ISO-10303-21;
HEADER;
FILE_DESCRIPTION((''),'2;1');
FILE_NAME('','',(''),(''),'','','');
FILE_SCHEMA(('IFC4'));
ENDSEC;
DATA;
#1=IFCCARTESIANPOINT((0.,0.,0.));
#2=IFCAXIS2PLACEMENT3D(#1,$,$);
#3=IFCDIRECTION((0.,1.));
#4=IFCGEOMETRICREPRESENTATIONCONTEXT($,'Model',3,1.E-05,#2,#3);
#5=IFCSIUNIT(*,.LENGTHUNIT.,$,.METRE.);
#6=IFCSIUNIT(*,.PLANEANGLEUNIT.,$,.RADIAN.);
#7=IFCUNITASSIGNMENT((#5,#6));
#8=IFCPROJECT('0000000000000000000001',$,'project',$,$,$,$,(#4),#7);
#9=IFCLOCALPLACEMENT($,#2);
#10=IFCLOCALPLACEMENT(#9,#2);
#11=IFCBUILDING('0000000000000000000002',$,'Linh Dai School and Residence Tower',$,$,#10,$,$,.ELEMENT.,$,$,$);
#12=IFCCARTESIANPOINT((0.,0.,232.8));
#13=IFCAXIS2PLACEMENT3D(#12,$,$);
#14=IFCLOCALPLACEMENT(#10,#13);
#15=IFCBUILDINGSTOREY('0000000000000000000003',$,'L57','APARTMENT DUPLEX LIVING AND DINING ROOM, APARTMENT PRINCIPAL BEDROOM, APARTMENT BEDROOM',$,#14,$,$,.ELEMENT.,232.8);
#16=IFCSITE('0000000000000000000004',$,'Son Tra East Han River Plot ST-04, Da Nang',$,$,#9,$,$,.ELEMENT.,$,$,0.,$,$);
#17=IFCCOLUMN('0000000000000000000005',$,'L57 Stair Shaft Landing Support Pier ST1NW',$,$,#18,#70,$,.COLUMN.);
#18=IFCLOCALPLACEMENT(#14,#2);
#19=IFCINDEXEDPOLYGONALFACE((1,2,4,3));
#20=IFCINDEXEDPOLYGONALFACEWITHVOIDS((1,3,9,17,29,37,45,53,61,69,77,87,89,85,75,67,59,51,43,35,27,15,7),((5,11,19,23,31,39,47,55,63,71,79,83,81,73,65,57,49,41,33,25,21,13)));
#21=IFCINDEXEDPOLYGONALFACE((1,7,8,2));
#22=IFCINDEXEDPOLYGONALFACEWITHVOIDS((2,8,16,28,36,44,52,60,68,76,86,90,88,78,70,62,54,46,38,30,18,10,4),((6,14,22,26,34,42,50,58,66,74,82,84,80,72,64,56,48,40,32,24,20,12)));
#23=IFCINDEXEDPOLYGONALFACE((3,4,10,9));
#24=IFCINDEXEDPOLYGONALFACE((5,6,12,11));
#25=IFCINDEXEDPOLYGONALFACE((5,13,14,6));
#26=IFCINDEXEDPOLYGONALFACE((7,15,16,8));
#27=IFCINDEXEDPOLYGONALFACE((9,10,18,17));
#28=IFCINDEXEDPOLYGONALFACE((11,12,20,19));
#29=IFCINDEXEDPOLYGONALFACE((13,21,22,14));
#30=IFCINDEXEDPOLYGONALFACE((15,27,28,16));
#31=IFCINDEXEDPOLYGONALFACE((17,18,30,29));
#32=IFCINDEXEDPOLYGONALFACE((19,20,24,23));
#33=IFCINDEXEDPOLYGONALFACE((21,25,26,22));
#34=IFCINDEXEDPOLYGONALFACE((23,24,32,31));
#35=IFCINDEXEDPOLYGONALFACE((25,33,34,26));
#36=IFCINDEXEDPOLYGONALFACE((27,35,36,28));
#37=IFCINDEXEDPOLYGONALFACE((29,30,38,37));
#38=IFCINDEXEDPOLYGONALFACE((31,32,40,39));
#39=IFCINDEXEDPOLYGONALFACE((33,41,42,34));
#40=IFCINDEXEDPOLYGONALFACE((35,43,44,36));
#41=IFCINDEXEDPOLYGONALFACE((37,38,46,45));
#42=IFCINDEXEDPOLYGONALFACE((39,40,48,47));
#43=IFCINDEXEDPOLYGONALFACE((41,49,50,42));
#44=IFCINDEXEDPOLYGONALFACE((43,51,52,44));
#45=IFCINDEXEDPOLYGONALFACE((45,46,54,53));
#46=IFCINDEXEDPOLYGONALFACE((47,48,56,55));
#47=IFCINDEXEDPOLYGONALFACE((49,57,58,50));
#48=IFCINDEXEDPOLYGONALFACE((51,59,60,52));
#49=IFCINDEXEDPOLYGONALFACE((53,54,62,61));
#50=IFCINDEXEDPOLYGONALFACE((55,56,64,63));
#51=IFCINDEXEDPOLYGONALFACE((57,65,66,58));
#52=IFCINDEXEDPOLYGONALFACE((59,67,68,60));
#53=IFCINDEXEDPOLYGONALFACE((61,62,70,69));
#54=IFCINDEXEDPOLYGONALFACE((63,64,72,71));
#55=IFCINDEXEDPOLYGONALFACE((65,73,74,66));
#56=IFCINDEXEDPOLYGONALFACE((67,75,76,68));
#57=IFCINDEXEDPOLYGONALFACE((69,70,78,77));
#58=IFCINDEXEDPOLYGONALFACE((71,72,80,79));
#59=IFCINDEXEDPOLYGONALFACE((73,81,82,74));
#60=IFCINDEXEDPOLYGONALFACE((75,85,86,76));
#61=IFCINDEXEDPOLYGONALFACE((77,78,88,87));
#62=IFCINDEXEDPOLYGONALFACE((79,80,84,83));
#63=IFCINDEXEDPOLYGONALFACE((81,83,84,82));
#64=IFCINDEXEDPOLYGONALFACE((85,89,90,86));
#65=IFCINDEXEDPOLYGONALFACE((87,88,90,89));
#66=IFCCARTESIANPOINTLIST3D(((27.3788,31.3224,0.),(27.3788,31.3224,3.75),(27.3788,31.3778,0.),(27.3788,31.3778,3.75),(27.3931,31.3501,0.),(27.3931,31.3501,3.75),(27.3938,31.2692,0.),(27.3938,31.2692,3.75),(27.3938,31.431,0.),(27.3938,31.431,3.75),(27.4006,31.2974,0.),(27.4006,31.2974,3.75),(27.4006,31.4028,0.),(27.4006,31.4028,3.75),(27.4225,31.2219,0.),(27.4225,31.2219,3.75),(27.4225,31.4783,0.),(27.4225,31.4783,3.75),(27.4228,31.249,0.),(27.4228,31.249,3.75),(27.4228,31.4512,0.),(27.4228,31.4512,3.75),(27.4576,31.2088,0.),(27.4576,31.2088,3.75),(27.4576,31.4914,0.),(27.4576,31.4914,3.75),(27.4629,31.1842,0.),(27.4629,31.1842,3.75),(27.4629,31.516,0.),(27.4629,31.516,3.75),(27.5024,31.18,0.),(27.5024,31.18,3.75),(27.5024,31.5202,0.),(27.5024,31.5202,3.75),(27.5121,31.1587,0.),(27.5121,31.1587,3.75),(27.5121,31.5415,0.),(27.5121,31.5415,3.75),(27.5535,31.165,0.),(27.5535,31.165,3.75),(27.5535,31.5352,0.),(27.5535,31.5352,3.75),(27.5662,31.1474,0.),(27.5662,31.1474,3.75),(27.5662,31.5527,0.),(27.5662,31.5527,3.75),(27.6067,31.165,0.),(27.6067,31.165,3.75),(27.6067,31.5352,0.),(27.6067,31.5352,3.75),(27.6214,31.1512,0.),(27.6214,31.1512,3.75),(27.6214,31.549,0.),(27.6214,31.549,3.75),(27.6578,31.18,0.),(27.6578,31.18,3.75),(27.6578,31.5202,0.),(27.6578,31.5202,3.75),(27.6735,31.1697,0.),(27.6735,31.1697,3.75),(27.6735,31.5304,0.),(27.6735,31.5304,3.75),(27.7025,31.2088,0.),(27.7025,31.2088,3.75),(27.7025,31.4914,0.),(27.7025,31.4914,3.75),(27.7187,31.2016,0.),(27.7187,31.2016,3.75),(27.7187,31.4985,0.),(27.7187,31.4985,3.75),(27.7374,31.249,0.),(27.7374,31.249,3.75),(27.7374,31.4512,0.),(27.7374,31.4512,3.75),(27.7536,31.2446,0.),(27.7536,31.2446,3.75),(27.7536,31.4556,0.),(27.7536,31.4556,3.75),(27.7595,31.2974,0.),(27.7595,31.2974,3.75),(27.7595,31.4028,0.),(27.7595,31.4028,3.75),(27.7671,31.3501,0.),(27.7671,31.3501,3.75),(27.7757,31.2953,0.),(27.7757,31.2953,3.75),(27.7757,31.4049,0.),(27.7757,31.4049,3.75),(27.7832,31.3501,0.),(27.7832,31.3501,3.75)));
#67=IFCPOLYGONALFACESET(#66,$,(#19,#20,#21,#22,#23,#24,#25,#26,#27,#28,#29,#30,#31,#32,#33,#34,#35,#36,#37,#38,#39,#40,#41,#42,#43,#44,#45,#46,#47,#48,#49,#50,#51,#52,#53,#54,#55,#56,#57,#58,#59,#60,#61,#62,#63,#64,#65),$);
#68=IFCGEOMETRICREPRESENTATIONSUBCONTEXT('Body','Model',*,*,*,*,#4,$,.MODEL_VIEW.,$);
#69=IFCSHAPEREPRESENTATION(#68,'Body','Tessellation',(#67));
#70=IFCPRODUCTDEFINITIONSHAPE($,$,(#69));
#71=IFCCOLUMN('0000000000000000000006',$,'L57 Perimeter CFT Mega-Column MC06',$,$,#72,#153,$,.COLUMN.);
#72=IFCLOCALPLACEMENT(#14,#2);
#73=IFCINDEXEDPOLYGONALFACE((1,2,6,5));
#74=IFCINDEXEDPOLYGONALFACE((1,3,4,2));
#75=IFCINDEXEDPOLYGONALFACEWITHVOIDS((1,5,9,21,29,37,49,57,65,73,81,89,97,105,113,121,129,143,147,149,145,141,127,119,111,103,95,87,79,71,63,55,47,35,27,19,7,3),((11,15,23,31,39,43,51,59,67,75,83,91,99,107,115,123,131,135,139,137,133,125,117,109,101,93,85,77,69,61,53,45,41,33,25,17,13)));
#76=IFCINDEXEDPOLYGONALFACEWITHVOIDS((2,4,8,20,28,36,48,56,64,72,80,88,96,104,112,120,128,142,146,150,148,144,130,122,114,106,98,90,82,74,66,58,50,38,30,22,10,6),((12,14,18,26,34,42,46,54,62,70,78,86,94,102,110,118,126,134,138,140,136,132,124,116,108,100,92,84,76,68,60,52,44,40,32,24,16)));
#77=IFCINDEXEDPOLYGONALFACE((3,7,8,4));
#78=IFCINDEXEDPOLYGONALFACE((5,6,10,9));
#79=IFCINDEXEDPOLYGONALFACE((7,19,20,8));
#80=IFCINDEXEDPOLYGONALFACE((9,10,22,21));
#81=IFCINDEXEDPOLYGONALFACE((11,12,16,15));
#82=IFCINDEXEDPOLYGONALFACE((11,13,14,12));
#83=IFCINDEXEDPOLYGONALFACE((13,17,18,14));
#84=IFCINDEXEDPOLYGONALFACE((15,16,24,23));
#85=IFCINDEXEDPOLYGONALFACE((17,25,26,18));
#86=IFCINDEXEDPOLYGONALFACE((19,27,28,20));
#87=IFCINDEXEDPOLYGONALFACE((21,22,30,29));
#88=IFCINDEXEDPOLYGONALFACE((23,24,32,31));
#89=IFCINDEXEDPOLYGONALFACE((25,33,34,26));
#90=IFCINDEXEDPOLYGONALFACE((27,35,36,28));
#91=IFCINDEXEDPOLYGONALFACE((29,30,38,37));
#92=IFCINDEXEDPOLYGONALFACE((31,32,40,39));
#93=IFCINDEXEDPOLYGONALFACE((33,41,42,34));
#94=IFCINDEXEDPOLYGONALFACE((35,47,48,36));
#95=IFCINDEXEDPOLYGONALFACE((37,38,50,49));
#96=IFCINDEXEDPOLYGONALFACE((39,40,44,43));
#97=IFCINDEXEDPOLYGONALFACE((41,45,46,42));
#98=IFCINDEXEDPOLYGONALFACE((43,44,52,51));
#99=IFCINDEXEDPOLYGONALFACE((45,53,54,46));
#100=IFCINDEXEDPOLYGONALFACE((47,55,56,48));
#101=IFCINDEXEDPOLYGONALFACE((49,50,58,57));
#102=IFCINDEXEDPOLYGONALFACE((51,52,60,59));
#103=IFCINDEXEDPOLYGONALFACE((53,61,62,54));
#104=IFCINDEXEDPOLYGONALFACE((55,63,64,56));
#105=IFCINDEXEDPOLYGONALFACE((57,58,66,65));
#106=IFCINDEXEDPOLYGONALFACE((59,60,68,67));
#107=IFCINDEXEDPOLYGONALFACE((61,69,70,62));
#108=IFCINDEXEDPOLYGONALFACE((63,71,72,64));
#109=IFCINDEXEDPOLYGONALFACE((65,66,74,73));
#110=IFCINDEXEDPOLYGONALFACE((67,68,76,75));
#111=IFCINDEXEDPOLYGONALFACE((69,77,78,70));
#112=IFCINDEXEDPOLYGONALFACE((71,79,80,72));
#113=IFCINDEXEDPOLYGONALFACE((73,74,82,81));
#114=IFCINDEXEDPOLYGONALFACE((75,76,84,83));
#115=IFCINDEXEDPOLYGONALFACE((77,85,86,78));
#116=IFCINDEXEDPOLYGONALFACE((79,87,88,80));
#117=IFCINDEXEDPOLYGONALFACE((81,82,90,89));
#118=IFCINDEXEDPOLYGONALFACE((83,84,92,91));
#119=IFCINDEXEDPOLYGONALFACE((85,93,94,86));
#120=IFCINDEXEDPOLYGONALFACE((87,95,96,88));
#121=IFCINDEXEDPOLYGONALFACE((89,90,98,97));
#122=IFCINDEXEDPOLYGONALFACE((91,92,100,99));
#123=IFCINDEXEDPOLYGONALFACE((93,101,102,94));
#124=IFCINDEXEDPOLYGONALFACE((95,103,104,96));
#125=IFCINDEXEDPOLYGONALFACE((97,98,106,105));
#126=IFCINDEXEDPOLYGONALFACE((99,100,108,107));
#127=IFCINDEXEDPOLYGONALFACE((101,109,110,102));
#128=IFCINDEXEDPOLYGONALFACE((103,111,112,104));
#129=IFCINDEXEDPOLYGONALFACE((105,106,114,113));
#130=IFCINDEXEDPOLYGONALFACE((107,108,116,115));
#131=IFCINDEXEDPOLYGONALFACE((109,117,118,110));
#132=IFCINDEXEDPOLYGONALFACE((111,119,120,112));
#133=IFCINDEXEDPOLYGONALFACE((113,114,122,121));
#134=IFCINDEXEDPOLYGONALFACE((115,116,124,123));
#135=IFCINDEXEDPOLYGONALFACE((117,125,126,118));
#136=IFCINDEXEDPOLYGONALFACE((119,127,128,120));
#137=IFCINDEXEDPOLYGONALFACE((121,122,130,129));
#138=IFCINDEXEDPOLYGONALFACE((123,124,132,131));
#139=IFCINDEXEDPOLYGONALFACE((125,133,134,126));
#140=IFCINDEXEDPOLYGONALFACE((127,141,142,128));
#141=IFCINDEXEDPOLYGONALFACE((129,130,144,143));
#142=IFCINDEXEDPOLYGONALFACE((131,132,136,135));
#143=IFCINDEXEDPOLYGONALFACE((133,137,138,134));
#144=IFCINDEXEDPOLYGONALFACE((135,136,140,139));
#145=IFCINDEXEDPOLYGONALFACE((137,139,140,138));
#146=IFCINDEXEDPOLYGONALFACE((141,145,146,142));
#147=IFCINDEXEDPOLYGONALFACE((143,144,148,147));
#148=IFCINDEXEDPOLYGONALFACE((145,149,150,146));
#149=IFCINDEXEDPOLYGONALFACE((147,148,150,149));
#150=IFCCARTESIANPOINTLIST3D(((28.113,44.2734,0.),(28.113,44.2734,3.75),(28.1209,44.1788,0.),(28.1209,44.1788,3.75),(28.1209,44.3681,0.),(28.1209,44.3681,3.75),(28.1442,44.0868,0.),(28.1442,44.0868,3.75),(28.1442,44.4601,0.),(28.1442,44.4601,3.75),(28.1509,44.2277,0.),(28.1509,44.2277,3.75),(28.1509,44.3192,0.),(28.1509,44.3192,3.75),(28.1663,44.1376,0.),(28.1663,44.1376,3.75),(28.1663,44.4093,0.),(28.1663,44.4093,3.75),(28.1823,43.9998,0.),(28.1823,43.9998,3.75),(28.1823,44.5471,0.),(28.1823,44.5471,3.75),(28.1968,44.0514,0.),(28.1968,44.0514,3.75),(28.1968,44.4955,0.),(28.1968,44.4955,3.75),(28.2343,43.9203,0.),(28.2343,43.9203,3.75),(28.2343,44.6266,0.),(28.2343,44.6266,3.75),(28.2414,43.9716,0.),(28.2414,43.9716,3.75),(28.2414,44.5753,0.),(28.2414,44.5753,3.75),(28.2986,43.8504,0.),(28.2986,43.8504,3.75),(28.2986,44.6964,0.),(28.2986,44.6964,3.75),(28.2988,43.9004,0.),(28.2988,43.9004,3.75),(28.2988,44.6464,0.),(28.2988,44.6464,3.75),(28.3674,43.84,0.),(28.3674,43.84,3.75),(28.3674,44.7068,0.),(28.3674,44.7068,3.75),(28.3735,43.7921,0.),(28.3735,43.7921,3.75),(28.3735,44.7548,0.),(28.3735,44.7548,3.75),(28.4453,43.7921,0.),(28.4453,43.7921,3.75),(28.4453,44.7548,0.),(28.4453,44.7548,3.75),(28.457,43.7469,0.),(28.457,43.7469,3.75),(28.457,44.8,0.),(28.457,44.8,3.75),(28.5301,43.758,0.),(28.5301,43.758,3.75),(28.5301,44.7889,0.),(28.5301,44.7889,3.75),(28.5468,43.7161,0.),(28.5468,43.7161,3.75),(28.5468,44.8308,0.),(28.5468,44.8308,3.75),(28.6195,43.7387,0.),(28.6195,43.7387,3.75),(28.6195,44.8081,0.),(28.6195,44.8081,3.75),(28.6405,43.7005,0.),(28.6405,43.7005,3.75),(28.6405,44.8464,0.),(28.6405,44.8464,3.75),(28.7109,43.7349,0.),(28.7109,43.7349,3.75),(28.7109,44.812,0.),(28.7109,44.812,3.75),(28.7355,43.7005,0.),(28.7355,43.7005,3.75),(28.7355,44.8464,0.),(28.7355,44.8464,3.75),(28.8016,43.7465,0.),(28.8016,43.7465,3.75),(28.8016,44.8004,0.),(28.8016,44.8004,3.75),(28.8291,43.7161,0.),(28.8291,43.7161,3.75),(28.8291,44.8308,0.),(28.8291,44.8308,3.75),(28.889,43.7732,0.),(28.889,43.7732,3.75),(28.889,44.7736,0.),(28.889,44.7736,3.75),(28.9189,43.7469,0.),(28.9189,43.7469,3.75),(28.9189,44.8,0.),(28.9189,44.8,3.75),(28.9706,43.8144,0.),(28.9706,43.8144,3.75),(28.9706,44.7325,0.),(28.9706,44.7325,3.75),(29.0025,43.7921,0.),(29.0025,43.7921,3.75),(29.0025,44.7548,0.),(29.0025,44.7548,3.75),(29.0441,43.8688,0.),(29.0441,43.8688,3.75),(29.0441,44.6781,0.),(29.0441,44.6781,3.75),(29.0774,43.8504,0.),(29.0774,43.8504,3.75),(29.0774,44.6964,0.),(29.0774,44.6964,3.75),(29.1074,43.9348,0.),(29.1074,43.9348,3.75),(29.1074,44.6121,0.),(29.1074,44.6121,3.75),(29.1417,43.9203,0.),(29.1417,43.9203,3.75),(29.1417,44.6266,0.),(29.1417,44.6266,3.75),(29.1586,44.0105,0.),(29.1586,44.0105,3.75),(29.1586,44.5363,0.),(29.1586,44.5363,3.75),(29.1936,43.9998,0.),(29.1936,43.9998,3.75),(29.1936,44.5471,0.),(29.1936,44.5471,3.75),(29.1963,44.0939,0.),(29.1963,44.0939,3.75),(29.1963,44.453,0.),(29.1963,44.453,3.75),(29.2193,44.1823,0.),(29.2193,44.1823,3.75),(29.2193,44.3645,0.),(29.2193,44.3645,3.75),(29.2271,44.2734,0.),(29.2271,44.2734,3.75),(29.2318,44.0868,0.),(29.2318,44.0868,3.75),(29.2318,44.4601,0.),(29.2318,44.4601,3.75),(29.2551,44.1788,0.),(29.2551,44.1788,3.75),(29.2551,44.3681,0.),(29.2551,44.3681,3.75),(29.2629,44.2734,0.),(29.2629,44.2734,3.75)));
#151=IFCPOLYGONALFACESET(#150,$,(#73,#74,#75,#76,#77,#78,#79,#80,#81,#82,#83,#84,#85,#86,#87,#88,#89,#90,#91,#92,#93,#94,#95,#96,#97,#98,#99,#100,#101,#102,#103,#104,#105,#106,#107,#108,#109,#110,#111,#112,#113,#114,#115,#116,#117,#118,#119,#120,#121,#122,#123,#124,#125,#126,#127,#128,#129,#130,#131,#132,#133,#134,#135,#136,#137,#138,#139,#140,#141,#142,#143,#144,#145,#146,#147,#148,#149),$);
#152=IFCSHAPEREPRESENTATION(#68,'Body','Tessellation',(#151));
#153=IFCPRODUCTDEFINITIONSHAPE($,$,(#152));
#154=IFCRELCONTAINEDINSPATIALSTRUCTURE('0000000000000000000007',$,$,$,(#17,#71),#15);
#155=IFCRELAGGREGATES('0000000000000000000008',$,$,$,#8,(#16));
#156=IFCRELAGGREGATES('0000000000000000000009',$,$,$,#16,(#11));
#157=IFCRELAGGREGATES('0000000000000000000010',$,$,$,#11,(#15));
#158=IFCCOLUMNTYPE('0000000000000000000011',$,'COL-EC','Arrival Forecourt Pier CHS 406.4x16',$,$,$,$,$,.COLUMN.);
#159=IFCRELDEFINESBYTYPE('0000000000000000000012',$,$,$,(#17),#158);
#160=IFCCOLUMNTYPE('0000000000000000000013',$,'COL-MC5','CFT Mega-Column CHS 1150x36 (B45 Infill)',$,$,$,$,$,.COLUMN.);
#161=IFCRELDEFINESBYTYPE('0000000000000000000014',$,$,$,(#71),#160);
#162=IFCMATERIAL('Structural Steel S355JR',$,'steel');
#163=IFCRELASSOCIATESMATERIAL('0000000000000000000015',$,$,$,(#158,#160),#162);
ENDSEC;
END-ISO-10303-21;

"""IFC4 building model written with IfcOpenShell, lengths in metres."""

from ifc_helpers import new_model, si_unit, direction, frame, origin, origin_2d, place, context, subcontext, project, spatial, hollow_circle, extrude, material, material_profile, profile_set, type_object, element, save


model = new_model("IFC4")

# Units and contexts
model_context = context("Model", 3, precision=1e-05, world=origin(), true_north=direction((0.0, 1.0)))
body_context = subcontext(model_context, "Body", "Model", "MODEL_VIEW")
ifc_project = project(units=[si_unit("LENGTHUNIT", "METRE"), si_unit("PLANEANGLEUNIT", "RADIAN")], contexts=[model_context])

# Site, building, storey
site_placement = place(None, origin())
site = spatial("IfcSite", under=ifc_project, at=site_placement, Name="Son Tra East Han River Plot ST-04, Da Nang", CompositionType="ELEMENT", RefElevation=0.0)
building_placement = place(site_placement, origin())
building = spatial("IfcBuilding", under=site, at=building_placement, Name="Linh Dai School and Residence Tower", CompositionType="ELEMENT")
storey_placement = place(building_placement, frame((0.0, 0.0, 232.8)))
storey = spatial("IfcBuildingStorey", under=building, at=storey_placement, Name="L57", Description="APARTMENT DUPLEX LIVING AND DINING ROOM, APARTMENT PRINCIPAL BEDROOM, APARTMENT BEDROOM", CompositionType="ELEMENT", Elevation=232.8)

# Columns
ifc_material_1 = material(Name="Structural Steel S355JR", Category="steel")
ifc_material_profile_1 = material_profile(ifc_material_1, hollow_circle(Radius=0.2031, WallThickness=0.0161, at=origin_2d()), Name="CHS 406.4x16")
ifc_profile_set_1 = profile_set([ifc_material_profile_1], Name="Structural Steel S355JR")
column_type_1 = type_object("IfcColumnType", Name="COL-EC", Description="Arrival Forecourt Pier CHS 406.4x16", PredefinedType="COLUMN", material=ifc_profile_set_1)
column_1_placement = place(storey_placement, frame((27.5801, 31.3501, 0.0), z_axis=(0.0, 0.0, 1.0), x_axis=(1.0, 0.0, 0.0)))
element("IfcColumn", 1, at=column_1_placement, inside=storey, type_object=column_type_1, Name="L57 Stair Shaft Landing Support Pier ST1NW", PredefinedType="COLUMN", context=body_context, shape_type="SweptSolid", body=[
    extrude(hollow_circle(Radius=0.2031, WallThickness=0.0161, at=origin_2d()), origin(), (0.0, 0.0, 1.0), 3.75),
])
ifc_material_profile_2 = material_profile(ifc_material_1, hollow_circle(Radius=0.575, WallThickness=0.0359, at=origin_2d()), Name="CHS 1150x36")
ifc_profile_set_2 = profile_set([ifc_material_profile_2], Name="Structural Steel S355JR")
column_type_2 = type_object("IfcColumnType", Name="COL-MC5", Description="CFT Mega-Column CHS 1150x36 (B45 Infill)", PredefinedType="COLUMN", material=ifc_profile_set_2)
column_2_placement = place(storey_placement, frame((28.688, 44.2734, 0.0), z_axis=(0.0, 0.0, 1.0), x_axis=(1.0, 0.0, 0.0)))
element("IfcColumn", 2, at=column_2_placement, inside=storey, type_object=column_type_2, Name="L57 Perimeter CFT Mega-Column MC06", PredefinedType="COLUMN", context=body_context, shape_type="SweptSolid", body=[
    extrude(hollow_circle(Radius=0.575, WallThickness=0.0359, at=origin_2d()), origin(), (0.0, 0.0, 1.0), 3.75),
])

save(model, "model.ifc")
